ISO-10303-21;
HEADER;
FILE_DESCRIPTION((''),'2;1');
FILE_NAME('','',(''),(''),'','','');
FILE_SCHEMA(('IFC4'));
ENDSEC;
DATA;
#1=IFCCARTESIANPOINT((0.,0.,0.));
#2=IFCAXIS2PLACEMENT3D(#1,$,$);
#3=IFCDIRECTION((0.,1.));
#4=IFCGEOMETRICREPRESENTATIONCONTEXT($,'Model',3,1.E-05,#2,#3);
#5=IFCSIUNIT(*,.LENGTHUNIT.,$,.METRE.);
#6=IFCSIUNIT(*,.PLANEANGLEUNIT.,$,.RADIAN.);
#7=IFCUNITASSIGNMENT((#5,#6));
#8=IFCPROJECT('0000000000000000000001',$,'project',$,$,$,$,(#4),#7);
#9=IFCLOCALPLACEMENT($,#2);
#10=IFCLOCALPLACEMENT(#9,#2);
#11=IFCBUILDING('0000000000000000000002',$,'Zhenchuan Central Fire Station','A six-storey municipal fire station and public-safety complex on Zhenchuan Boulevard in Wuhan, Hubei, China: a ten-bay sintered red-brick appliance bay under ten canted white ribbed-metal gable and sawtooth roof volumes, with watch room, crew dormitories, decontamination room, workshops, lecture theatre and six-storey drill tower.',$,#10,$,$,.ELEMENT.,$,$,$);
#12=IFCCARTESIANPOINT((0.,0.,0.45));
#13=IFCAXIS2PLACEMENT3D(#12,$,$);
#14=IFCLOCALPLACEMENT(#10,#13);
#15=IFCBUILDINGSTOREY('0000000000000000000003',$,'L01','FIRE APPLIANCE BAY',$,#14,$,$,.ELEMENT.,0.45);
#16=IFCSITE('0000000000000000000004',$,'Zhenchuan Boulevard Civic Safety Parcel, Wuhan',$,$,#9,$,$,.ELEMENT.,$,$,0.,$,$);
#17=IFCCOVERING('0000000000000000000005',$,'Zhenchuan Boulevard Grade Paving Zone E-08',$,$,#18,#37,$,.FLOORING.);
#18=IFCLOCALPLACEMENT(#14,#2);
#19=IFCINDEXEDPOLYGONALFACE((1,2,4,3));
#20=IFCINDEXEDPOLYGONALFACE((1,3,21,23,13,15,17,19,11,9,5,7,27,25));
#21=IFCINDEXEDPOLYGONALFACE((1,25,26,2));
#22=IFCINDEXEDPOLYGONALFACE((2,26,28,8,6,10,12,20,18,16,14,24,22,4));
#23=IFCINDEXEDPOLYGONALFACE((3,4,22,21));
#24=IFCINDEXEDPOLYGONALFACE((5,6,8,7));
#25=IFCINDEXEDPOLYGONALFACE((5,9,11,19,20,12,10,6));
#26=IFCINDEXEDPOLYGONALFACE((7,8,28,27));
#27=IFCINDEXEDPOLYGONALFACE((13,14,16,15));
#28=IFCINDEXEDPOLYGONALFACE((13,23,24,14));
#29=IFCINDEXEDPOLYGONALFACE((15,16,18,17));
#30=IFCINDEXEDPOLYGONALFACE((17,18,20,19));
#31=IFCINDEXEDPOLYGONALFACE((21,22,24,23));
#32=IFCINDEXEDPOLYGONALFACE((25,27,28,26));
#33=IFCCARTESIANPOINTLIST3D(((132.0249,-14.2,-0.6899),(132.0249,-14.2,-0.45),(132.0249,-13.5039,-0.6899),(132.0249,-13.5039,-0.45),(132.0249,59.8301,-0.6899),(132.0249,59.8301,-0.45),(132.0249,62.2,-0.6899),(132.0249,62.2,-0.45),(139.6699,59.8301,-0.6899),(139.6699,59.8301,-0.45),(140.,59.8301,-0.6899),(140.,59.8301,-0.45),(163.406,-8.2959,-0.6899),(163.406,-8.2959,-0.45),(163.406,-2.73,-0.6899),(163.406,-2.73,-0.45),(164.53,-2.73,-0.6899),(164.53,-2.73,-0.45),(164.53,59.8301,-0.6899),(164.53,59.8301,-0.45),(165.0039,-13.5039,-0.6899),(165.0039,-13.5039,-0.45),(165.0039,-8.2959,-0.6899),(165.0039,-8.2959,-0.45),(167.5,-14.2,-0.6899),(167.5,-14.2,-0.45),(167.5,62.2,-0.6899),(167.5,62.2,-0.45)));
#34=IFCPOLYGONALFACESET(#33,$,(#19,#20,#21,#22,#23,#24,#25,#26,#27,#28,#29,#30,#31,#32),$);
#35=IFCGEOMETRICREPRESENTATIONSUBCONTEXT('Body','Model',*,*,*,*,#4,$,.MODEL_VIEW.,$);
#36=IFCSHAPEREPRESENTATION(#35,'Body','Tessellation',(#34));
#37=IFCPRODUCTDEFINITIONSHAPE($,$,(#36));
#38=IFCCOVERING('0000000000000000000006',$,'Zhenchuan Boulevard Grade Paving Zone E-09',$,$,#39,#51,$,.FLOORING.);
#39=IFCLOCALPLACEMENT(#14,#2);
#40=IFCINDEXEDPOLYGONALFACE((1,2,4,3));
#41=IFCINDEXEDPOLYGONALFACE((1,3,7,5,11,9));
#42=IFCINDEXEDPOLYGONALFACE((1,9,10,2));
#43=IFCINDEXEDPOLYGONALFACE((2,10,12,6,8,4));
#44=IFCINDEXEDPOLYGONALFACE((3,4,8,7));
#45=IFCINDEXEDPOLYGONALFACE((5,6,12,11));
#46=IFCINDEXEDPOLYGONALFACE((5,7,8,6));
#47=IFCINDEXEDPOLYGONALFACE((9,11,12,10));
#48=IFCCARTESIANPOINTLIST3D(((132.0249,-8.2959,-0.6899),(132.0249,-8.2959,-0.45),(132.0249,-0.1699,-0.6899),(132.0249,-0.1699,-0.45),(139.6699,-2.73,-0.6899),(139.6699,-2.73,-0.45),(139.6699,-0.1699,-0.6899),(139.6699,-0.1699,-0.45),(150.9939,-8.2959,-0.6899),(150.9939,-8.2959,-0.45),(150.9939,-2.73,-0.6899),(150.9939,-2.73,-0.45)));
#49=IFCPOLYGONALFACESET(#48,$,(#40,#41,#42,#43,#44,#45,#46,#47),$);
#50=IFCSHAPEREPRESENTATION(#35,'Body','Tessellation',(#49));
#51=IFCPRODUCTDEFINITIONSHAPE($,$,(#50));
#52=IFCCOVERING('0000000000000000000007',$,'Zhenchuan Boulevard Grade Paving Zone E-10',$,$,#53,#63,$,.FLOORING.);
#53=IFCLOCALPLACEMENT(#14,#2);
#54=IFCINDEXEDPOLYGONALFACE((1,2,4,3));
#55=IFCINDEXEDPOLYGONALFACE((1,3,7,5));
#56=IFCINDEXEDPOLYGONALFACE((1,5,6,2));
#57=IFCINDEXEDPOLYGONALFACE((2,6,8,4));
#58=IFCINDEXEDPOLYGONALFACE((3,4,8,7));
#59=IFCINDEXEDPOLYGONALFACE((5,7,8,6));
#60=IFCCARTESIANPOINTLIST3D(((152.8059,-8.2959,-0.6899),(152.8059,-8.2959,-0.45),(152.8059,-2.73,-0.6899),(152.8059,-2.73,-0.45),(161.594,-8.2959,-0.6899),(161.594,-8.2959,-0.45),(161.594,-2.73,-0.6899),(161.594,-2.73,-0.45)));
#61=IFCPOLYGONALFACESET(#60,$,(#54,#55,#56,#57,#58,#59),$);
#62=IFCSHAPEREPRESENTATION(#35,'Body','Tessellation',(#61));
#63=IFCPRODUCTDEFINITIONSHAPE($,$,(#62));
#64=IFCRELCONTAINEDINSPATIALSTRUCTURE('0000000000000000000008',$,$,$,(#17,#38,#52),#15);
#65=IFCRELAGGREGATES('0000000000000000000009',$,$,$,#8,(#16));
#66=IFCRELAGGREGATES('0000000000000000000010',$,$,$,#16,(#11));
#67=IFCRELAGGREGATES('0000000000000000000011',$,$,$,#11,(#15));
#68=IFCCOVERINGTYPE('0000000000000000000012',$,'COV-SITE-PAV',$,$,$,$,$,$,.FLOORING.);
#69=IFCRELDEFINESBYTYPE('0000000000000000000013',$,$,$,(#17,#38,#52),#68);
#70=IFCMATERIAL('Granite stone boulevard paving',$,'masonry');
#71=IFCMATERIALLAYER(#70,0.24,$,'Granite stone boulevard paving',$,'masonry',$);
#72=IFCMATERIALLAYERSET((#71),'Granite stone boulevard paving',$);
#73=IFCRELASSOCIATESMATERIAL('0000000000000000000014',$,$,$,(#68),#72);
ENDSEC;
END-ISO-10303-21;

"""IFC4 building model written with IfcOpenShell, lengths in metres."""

from ifc_helpers import new_model, si_unit, direction, frame, origin, place, context, subcontext, project, spatial, polyline, outline, extrude, material, layer, layer_set, type_object, element, save


model = new_model("IFC4")

# Units and contexts
model_context = context("Model", 3, precision=1e-05, world=origin(), true_north=direction((0.0, 1.0)))
body_context = subcontext(model_context, "Body", "Model", "MODEL_VIEW")
ifc_project = project(units=[si_unit("LENGTHUNIT", "METRE"), si_unit("PLANEANGLEUNIT", "RADIAN")], contexts=[model_context])

# Site, building, storey
site_placement = place(None, origin())
site = spatial("IfcSite", under=ifc_project, at=site_placement, Name="Zhenchuan Boulevard Civic Safety Parcel, Wuhan", CompositionType="ELEMENT", RefElevation=0.0)
building_placement = place(site_placement, origin())
building = spatial("IfcBuilding", under=site, at=building_placement, Name="Zhenchuan Central Fire Station", Description="A six-storey municipal fire station and public-safety complex on Zhenchuan Boulevard in Wuhan, Hubei, China: a ten-bay sintered red-brick appliance bay under ten canted white ribbed-metal gable and sawtooth roof volumes, with watch room, crew dormitories, decontamination room, workshops, lecture theatre and six-storey drill tower.", CompositionType="ELEMENT")
storey_placement = place(building_placement, frame((0.0, 0.0, 0.45)))
storey = spatial("IfcBuildingStorey", under=building, at=storey_placement, Name="L01", Description="FIRE APPLIANCE BAY", CompositionType="ELEMENT", Elevation=0.45)

# Coverings
ifc_material_1 = material(Name="Granite stone boulevard paving", Category="masonry")
ifc_layer_1 = layer(ifc_material_1, 0.24, Name="Granite stone boulevard paving", Category="masonry")
ifc_layer_set_1 = layer_set([ifc_layer_1], Name="Granite stone boulevard paving")
covering_type = type_object("IfcCoveringType", Name="COV-SITE-PAV", PredefinedType="FLOORING", material=ifc_layer_set_1)
covering_1_placement = place(storey_placement, frame((0.0, 0.0, -0.6899)))
element("IfcCovering", 1, at=covering_1_placement, inside=storey, type_object=covering_type, Name="Zhenchuan Boulevard Grade Paving Zone E-08", PredefinedType="FLOORING", context=body_context, shape_type="SweptSolid", body=[
    extrude(outline(polyline([(132.0249, 62.2), (167.5, 62.2), (167.5, -14.2), (132.0249, -14.2), (132.0249, -13.5039), (165.0039, -13.5039), (165.0039, -8.2959), (163.406, -8.2959), (163.406, -2.73), (164.53, -2.73), (164.53, 59.8301), (140.0, 59.8301), (139.6699, 59.8301), (132.0249, 59.8301), (132.0249, 62.2)])), origin(), (0.0, 0.0, 1.0), 0.24),
])
covering_2_placement = place(storey_placement, frame((0.0, 0.0, -0.6899)))
element("IfcCovering", 2, at=covering_2_placement, inside=storey, type_object=covering_type, Name="Zhenchuan Boulevard Grade Paving Zone E-09", PredefinedType="FLOORING", context=body_context, shape_type="SweptSolid", body=[
    extrude(outline(polyline([(132.0249, -0.1699), (139.6699, -0.1699), (139.6699, -2.73), (150.9939, -2.73), (150.9939, -8.2959), (132.0249, -8.2959), (132.0249, -0.1699)])), origin(), (0.0, 0.0, 1.0), 0.24),
])
covering_3_placement = place(storey_placement, frame((0.0, 0.0, -0.6899)))
element("IfcCovering", 3, at=covering_3_placement, inside=storey, type_object=covering_type, Name="Zhenchuan Boulevard Grade Paving Zone E-10", PredefinedType="FLOORING", context=body_context, shape_type="SweptSolid", body=[
    extrude(outline(polyline([(161.594, -2.73), (161.594, -8.2959), (152.8059, -8.2959), (152.8059, -2.73), (161.594, -2.73)])), origin(), (0.0, 0.0, 1.0), 0.24),
])

save(model, "model.ifc")
